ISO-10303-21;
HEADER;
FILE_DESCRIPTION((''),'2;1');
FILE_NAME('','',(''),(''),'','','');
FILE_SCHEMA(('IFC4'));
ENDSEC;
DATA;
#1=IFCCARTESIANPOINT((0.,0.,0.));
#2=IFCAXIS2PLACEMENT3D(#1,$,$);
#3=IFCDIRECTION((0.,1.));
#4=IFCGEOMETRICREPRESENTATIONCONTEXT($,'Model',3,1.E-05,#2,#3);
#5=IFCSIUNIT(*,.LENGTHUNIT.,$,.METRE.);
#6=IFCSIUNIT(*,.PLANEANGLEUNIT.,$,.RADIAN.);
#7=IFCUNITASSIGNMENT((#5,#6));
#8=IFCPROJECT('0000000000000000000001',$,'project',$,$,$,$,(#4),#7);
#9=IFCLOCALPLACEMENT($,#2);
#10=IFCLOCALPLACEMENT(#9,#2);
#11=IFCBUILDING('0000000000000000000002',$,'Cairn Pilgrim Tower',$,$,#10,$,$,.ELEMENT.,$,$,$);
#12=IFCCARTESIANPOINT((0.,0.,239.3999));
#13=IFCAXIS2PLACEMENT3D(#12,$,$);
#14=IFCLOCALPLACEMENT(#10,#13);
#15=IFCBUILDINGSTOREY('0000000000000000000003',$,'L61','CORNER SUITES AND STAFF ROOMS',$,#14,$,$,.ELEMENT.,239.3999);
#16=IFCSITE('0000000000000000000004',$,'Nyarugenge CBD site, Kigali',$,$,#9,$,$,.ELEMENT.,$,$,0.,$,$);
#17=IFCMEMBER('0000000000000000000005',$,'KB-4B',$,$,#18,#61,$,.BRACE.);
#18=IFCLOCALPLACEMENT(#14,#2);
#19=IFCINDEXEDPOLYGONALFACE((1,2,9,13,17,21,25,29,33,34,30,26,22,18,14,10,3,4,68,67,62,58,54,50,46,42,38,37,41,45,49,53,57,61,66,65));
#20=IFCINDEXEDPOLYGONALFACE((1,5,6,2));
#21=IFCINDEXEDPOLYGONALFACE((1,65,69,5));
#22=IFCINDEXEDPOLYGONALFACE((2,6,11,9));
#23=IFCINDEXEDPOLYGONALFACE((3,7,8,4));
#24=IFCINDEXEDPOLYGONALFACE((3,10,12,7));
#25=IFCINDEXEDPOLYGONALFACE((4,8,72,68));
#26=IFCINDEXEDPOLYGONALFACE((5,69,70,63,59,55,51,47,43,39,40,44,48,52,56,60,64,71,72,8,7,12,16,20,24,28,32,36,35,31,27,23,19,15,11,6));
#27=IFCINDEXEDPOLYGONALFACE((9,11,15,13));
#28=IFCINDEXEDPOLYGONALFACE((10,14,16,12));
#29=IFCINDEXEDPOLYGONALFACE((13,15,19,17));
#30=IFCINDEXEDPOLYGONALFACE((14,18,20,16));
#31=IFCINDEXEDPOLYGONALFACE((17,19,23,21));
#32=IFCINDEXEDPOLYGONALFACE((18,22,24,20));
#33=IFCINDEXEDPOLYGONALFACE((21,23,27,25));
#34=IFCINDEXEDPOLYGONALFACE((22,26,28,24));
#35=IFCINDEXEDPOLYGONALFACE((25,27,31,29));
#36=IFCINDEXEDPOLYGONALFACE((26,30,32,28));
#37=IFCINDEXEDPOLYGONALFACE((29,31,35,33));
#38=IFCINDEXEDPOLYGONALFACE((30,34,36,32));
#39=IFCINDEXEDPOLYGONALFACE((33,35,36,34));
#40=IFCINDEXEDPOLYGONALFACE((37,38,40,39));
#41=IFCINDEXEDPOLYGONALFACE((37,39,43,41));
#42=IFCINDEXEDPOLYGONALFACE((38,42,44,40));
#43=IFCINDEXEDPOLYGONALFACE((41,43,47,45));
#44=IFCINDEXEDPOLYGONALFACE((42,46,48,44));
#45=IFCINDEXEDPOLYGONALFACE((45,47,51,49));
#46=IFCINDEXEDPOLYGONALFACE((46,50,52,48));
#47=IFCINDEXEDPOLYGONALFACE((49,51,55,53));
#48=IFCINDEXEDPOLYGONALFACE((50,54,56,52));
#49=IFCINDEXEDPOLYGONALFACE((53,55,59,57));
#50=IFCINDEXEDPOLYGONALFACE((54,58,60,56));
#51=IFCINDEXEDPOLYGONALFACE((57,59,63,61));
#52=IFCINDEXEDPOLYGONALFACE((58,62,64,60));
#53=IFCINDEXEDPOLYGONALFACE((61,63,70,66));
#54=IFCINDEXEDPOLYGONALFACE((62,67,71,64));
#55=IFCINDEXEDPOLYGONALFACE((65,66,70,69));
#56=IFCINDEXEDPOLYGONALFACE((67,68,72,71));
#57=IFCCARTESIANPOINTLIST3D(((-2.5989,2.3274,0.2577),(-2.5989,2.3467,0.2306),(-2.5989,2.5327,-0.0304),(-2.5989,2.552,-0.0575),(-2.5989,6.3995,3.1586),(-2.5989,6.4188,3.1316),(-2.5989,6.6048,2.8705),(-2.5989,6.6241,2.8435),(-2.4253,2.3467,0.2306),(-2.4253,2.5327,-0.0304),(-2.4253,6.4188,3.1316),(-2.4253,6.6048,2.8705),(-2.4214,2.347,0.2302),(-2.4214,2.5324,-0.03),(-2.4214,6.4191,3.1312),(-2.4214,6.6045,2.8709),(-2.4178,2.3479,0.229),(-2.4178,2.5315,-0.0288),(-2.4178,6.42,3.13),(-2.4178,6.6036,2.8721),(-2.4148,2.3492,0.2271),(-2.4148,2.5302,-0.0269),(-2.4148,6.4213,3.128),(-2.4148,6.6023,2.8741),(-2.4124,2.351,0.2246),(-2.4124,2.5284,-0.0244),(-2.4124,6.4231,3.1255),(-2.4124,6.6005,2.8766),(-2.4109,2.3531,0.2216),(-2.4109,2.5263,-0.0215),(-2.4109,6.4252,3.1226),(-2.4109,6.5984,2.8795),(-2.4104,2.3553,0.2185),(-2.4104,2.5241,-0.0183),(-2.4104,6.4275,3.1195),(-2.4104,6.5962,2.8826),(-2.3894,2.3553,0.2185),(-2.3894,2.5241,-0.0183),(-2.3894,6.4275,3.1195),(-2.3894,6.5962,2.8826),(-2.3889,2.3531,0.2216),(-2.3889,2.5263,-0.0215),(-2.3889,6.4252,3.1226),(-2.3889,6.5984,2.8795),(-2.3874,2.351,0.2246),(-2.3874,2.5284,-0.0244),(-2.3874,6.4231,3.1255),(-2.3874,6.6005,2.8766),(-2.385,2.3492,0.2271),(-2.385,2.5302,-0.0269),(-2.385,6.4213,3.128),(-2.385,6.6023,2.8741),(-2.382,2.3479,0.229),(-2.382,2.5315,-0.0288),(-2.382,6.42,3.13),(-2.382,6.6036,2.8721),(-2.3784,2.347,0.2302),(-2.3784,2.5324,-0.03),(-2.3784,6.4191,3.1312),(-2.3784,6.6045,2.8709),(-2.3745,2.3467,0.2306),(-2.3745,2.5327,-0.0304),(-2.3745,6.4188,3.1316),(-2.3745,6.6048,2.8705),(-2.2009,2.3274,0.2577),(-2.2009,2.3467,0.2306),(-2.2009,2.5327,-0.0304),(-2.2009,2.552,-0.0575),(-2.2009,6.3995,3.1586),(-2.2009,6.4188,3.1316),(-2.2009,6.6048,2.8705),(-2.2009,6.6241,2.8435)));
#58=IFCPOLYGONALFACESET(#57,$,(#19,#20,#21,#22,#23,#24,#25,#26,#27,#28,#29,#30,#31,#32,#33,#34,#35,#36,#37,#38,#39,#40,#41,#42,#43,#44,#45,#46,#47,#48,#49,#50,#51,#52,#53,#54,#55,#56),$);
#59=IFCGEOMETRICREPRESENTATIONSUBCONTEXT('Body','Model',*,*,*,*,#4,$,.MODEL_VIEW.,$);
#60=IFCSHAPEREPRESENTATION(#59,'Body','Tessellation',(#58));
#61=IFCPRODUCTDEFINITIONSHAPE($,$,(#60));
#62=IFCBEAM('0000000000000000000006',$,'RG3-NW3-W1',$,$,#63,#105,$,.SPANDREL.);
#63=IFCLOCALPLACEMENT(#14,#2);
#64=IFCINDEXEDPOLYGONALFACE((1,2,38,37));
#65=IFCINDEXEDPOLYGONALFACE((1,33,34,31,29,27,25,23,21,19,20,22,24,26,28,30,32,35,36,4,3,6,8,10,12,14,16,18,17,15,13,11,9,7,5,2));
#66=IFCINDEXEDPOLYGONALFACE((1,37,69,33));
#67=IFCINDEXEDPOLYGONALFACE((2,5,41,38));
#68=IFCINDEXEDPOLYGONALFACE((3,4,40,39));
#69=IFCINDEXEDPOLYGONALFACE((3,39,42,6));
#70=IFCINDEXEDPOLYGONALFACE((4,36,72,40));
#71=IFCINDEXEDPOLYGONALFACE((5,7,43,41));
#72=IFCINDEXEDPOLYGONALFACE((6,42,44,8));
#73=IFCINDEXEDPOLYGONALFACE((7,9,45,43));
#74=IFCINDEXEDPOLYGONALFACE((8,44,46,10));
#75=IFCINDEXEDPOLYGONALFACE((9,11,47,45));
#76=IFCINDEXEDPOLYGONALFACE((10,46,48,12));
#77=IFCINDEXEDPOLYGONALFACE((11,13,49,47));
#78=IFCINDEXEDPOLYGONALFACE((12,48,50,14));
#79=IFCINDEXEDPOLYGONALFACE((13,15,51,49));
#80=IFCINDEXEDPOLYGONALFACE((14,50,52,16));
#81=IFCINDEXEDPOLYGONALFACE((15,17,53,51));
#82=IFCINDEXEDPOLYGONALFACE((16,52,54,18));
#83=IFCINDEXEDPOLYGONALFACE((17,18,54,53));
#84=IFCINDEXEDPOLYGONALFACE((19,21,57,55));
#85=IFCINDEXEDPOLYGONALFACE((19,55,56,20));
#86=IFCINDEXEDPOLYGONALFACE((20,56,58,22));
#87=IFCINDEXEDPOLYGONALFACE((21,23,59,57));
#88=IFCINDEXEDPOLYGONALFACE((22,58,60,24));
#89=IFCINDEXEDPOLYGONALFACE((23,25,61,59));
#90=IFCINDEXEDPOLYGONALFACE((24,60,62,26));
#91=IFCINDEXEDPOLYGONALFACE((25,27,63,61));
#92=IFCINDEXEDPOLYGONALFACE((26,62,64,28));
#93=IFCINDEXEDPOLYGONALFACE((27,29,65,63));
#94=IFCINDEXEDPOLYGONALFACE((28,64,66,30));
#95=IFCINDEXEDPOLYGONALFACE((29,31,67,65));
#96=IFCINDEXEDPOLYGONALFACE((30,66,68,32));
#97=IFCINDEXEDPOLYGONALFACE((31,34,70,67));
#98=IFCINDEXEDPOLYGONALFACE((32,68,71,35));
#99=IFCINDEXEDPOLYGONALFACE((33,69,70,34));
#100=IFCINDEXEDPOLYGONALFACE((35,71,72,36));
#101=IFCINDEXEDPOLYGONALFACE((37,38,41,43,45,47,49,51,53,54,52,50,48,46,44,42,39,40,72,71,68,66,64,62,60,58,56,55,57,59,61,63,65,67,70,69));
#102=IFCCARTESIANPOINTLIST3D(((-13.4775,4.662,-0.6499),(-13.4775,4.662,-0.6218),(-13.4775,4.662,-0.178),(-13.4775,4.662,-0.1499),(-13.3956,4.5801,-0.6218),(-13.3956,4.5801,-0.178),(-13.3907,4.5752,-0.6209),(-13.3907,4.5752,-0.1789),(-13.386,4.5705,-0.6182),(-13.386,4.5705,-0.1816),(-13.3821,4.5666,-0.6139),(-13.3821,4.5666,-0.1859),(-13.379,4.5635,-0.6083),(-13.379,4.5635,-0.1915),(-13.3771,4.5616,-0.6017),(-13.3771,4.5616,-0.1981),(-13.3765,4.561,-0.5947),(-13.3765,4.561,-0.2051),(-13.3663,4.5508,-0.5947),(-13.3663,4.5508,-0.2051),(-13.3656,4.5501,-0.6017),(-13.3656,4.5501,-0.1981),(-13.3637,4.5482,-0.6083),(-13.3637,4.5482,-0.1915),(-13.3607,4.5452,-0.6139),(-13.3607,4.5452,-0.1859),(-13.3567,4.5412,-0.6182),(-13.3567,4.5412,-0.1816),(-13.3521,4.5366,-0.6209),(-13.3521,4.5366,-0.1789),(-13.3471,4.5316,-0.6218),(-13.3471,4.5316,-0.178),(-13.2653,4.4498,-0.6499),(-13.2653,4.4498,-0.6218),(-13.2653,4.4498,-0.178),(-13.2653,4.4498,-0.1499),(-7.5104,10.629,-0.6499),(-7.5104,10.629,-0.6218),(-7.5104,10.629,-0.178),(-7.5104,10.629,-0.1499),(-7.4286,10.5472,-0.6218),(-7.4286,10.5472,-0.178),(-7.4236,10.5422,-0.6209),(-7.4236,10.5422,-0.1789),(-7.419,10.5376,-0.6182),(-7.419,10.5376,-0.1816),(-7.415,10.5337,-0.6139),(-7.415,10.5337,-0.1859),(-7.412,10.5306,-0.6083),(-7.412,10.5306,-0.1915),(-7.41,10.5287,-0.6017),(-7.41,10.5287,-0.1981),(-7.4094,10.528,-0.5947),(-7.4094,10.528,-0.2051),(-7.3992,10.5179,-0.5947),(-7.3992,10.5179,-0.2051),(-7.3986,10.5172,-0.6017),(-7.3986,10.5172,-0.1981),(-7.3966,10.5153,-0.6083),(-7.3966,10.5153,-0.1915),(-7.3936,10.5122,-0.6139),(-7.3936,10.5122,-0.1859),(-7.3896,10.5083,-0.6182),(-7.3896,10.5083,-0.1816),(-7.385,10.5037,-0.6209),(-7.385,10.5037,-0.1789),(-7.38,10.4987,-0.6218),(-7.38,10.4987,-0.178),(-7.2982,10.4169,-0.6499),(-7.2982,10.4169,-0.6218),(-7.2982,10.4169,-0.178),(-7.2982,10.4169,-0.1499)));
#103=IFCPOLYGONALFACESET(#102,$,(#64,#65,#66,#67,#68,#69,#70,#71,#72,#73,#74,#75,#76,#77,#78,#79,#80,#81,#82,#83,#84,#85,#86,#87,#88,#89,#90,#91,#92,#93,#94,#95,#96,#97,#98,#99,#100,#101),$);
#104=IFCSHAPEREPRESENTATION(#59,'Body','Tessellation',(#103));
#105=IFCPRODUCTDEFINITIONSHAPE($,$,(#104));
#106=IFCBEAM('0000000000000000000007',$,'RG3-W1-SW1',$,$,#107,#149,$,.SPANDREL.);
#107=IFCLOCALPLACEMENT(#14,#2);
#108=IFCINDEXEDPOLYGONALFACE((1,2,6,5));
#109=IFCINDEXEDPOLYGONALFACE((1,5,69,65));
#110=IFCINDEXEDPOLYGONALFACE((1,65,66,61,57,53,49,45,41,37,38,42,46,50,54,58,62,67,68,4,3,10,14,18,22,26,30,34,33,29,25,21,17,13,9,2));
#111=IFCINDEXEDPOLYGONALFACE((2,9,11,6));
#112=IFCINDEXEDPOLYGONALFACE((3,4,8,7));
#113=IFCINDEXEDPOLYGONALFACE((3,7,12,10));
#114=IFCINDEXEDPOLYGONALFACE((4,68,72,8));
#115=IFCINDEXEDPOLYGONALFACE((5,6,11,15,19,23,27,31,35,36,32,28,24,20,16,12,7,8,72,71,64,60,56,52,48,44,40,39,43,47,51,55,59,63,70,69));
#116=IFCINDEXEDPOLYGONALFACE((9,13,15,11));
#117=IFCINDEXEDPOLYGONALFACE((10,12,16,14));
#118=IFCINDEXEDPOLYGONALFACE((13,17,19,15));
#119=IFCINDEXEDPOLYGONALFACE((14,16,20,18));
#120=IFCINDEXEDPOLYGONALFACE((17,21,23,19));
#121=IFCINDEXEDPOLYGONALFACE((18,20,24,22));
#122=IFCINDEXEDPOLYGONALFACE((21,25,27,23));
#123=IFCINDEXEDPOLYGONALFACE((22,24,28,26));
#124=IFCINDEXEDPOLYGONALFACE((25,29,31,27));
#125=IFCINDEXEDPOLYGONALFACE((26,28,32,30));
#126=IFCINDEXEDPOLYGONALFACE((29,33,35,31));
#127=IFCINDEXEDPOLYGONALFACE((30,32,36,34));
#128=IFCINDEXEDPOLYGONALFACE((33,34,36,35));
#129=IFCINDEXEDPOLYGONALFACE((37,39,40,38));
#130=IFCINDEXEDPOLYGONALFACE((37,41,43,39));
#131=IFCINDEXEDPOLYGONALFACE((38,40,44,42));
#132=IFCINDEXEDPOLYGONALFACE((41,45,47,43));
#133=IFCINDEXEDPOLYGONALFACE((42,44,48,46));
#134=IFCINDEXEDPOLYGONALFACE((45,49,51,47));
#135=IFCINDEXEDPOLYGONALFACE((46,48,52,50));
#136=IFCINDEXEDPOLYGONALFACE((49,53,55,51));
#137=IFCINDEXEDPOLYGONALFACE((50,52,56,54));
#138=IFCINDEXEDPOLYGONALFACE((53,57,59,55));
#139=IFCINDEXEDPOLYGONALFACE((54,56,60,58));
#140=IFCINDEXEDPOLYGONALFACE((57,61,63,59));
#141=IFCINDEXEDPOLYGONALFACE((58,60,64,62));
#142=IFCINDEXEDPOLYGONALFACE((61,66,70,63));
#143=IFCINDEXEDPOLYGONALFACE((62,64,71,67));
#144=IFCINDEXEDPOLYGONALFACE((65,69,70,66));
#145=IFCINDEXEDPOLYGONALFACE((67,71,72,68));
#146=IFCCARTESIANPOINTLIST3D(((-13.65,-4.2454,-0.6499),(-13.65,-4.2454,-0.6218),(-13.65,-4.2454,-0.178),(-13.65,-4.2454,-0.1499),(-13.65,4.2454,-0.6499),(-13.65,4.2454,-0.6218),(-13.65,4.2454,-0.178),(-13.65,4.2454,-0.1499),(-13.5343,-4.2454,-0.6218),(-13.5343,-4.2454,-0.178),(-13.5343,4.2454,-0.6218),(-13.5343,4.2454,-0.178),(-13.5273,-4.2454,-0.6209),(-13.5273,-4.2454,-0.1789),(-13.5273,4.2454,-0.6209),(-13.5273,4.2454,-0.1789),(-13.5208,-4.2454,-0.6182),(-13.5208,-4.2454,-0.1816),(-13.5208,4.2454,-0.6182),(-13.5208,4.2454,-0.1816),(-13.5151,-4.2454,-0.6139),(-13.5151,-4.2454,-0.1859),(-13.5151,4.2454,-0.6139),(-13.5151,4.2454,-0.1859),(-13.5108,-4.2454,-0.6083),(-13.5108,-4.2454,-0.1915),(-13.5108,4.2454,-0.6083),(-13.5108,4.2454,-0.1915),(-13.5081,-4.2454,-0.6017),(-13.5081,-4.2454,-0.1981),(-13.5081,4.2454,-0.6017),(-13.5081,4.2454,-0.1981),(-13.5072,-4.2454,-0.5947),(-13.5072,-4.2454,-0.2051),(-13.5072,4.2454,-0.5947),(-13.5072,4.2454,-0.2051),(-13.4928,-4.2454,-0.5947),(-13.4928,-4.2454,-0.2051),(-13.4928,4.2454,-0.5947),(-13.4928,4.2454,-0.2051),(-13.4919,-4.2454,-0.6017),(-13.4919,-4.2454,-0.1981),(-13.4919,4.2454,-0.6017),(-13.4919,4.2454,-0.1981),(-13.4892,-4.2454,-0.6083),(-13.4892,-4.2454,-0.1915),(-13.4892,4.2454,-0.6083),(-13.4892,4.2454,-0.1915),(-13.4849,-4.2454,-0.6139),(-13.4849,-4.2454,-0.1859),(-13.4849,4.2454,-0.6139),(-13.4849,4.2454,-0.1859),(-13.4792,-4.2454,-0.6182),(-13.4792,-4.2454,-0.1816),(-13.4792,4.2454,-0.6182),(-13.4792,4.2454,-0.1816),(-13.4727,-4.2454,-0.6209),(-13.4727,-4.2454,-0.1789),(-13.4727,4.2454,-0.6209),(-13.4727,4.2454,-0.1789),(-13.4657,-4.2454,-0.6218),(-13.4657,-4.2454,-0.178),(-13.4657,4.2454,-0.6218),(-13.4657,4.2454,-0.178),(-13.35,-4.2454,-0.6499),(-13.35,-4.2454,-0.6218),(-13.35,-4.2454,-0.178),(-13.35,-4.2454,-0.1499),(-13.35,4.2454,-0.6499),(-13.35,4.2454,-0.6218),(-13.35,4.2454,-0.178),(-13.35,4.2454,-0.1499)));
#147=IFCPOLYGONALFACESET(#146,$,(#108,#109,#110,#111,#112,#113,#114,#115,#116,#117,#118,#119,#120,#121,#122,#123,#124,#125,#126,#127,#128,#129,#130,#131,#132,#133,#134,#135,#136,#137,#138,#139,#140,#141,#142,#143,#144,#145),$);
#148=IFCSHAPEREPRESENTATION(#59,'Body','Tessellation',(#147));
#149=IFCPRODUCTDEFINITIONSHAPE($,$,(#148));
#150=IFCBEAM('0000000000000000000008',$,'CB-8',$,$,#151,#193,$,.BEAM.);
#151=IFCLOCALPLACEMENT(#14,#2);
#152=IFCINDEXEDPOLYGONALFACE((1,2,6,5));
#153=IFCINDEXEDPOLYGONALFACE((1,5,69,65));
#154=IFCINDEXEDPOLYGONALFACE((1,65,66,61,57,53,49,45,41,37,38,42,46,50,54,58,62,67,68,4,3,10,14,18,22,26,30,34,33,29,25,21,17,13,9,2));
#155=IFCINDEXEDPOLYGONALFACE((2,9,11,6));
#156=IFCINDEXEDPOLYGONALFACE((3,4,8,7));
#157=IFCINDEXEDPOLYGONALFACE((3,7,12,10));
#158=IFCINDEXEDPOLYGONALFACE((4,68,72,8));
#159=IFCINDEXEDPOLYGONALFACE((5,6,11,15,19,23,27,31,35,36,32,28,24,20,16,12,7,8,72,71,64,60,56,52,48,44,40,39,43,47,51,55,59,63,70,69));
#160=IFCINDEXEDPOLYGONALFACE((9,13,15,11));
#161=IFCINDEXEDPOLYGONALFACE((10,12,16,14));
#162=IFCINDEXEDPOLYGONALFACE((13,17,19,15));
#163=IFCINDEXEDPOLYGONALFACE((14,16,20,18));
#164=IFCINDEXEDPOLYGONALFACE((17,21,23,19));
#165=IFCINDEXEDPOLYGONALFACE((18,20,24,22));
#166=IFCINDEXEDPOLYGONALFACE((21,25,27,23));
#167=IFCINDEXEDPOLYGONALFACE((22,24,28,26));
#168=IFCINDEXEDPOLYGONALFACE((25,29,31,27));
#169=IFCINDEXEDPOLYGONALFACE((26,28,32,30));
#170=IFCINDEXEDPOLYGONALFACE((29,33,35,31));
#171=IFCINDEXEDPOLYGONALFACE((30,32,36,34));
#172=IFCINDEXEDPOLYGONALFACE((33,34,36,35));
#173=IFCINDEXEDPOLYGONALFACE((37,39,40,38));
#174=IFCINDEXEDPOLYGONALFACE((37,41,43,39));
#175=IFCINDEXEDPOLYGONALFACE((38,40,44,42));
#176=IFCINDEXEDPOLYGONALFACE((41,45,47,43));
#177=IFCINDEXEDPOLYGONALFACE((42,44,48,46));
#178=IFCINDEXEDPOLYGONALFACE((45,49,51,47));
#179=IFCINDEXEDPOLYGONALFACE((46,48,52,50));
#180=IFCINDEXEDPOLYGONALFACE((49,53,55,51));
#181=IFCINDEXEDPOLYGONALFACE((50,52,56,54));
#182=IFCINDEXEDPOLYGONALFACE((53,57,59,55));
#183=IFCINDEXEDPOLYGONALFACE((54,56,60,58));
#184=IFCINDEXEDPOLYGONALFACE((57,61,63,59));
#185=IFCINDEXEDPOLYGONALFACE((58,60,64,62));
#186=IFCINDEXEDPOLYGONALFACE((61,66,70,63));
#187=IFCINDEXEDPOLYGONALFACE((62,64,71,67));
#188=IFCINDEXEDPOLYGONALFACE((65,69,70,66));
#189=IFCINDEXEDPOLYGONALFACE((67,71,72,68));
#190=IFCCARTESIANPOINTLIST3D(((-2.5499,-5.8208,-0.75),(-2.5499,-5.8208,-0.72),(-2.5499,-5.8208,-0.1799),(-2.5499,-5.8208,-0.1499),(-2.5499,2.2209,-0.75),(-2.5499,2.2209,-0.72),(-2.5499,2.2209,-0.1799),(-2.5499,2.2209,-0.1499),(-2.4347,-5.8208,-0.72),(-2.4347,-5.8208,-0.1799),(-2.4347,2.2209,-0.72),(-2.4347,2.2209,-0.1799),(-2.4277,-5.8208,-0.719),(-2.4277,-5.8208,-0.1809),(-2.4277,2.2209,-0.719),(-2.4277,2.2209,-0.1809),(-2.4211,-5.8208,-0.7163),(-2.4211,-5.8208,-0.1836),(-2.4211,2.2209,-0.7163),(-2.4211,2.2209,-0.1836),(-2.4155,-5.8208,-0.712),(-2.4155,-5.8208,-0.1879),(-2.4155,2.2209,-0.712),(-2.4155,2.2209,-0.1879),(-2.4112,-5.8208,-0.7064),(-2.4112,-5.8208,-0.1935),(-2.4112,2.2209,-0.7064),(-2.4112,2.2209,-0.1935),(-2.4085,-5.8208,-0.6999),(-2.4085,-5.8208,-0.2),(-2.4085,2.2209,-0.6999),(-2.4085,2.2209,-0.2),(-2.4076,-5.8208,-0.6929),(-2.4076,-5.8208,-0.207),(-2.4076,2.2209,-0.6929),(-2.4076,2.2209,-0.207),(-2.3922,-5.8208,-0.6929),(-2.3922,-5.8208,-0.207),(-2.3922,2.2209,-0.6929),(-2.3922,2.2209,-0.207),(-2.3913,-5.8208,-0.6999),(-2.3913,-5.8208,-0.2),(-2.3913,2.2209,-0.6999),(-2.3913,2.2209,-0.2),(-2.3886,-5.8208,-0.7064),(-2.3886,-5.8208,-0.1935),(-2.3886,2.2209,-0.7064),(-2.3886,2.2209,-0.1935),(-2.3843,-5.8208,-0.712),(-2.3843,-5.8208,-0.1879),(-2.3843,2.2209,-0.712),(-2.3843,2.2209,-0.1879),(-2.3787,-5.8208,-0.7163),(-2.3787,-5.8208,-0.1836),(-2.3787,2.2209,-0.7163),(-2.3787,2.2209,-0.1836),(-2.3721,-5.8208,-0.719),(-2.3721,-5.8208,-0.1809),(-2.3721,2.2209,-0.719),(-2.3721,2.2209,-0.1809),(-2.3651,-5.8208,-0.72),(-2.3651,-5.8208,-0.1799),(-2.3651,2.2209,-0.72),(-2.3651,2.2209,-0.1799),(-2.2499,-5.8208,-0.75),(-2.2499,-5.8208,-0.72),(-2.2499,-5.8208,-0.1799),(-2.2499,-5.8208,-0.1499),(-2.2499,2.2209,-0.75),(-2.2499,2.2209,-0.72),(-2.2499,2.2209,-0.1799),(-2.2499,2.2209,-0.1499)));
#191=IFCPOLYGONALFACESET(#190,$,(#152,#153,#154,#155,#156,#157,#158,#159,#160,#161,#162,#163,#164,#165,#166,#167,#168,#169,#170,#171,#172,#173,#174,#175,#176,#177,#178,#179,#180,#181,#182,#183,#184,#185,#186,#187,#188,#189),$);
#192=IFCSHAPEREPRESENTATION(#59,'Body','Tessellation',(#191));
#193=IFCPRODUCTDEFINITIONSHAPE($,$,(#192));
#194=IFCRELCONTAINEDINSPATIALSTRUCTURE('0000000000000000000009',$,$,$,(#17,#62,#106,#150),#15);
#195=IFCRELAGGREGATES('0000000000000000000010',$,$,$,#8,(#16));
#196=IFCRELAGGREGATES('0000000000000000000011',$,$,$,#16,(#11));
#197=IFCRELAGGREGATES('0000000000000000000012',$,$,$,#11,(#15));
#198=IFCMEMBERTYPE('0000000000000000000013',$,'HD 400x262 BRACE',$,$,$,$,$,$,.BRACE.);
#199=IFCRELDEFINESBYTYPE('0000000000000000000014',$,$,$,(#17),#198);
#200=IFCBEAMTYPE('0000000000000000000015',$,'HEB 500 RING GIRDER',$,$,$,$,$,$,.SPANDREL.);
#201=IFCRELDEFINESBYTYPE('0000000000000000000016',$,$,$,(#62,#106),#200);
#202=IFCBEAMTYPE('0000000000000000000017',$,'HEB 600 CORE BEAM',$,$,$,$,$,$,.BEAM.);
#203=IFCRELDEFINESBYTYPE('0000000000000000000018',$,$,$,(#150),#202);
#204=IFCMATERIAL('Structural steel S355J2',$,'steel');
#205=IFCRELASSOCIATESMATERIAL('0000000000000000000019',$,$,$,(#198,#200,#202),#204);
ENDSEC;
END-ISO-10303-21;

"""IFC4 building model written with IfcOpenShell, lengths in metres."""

from ifc_helpers import new_model, si_unit, direction, frame, origin, origin_2d, place, context, subcontext, project, spatial, i_section, extrude, material, material_profile, profile_set, type_object, element, save


model = new_model("IFC4")

# Units and contexts
model_context = context("Model", 3, precision=1e-05, world=origin(), true_north=direction((0.0, 1.0)))
body_context = subcontext(model_context, "Body", "Model", "MODEL_VIEW")
ifc_project = project(units=[si_unit("LENGTHUNIT", "METRE"), si_unit("PLANEANGLEUNIT", "RADIAN")], contexts=[model_context])

# Site, building, storey
site_placement = place(None, origin())
site = spatial("IfcSite", under=ifc_project, at=site_placement, Name="Nyarugenge CBD site, Kigali", CompositionType="ELEMENT", RefElevation=0.0)
building_placement = place(site_placement, origin())
building = spatial("IfcBuilding", under=site, at=building_placement, Name="Cairn Pilgrim Tower", CompositionType="ELEMENT")
storey_placement = place(building_placement, frame((0.0, 0.0, 239.3999)))
storey = spatial("IfcBuildingStorey", under=building, at=storey_placement, Name="L61", Description="CORNER SUITES AND STAFF ROOMS", CompositionType="ELEMENT", Elevation=239.3999)

# Shared definitions
ifc_material_1 = material(Name="Structural steel S355J2", Category="steel")

# Member
ifc_material_profile_1 = material_profile(ifc_material_1, i_section(OverallWidth=0.3979, OverallDepth=0.387, WebThickness=0.021, FlangeThickness=0.0332, FilletRadius=0.0149, at=origin_2d()), Name="HD 400x262")
ifc_profile_set_1 = profile_set([ifc_material_profile_1], Name="Structural steel S355J2")
member_type_1 = type_object("IfcMemberType", Name="HD 400x262 BRACE", PredefinedType="BRACE", material=ifc_profile_set_1)
member_1_placement = place(storey_placement, frame((-2.3999, 2.4397, 0.1001), z_axis=(0.0, 0.814462, 0.580217), x_axis=(-1.0, 0.0, 0.0)))
element("IfcMember", 1, at=member_1_placement, inside=storey, type_object=member_type_1, Name="KB-4B", PredefinedType="BRACE", context=body_context, shape_type="SweptSolid", body=[
    extrude(i_section(OverallWidth=0.3979, OverallDepth=0.387, WebThickness=0.021, FlangeThickness=0.0332, FilletRadius=0.0149, at=origin_2d()), origin(), (0.0, 0.0, 1.0), 4.9998),
])

# Beams
ifc_material_profile_2 = material_profile(ifc_material_1, i_section(OverallWidth=0.3, OverallDepth=0.5, WebThickness=0.0144, FlangeThickness=0.0281, FilletRadius=0.0271, at=origin_2d()), Name="HEB 500")
ifc_profile_set_2 = profile_set([ifc_material_profile_2], Name="Structural steel S355J2")
beam_type_1 = type_object("IfcBeamType", Name="HEB 500 RING GIRDER", PredefinedType="SPANDREL", material=ifc_profile_set_2)
beam_1_placement = place(storey_placement, frame((-7.4043, 10.5229, -0.3999), z_axis=(-0.707107, -0.707107, 0.0), x_axis=(0.707107, -0.707107, 0.0)))
element("IfcBeam", 2, at=beam_1_placement, inside=storey, type_object=beam_type_1, Name="RG3-NW3-W1", PredefinedType="SPANDREL", context=body_context, shape_type="SweptSolid", body=[
    extrude(i_section(OverallWidth=0.3, OverallDepth=0.5, WebThickness=0.0144, FlangeThickness=0.0281, FilletRadius=0.0271, at=origin_2d()), origin(), (0.0, 0.0, 1.0), 8.4387),
])
beam_2_placement = place(storey_placement, frame((-13.5, 4.2454, -0.3999), z_axis=(0.0, -1.0, 0.0), x_axis=(1.0, 0.0, 0.0)))
element("IfcBeam", 3, at=beam_2_placement, inside=storey, type_object=beam_type_1, Name="RG3-W1-SW1", PredefinedType="SPANDREL", context=body_context, shape_type="SweptSolid", body=[
    extrude(i_section(OverallWidth=0.3, OverallDepth=0.5, WebThickness=0.0144, FlangeThickness=0.0281, FilletRadius=0.0271, at=origin_2d()), origin(), (0.0, 0.0, 1.0), 8.4907),
])
ifc_material_profile_3 = material_profile(ifc_material_1, i_section(OverallWidth=0.3, OverallDepth=0.6001, WebThickness=0.0154, FlangeThickness=0.03, FilletRadius=0.0271, at=origin_2d()), Name="HEB 600")
ifc_profile_set_3 = profile_set([ifc_material_profile_3], Name="Structural steel S355J2")
beam_type_2 = type_object("IfcBeamType", Name="HEB 600 CORE BEAM", PredefinedType="BEAM", material=ifc_profile_set_3)
beam_3_placement = place(storey_placement, frame((-2.3999, 2.2209, -0.45), z_axis=(0.0, -1.0, 0.0), x_axis=(1.0, 0.0, 0.0)))
element("IfcBeam", 4, at=beam_3_placement, inside=storey, type_object=beam_type_2, Name="CB-8", PredefinedType="BEAM", context=body_context, shape_type="SweptSolid", body=[
    extrude(i_section(OverallWidth=0.3, OverallDepth=0.6001, WebThickness=0.0154, FlangeThickness=0.03, FilletRadius=0.0271, at=origin_2d()), origin(), (0.0, 0.0, 1.0), 8.0417),
])

save(model, "model.ifc")
